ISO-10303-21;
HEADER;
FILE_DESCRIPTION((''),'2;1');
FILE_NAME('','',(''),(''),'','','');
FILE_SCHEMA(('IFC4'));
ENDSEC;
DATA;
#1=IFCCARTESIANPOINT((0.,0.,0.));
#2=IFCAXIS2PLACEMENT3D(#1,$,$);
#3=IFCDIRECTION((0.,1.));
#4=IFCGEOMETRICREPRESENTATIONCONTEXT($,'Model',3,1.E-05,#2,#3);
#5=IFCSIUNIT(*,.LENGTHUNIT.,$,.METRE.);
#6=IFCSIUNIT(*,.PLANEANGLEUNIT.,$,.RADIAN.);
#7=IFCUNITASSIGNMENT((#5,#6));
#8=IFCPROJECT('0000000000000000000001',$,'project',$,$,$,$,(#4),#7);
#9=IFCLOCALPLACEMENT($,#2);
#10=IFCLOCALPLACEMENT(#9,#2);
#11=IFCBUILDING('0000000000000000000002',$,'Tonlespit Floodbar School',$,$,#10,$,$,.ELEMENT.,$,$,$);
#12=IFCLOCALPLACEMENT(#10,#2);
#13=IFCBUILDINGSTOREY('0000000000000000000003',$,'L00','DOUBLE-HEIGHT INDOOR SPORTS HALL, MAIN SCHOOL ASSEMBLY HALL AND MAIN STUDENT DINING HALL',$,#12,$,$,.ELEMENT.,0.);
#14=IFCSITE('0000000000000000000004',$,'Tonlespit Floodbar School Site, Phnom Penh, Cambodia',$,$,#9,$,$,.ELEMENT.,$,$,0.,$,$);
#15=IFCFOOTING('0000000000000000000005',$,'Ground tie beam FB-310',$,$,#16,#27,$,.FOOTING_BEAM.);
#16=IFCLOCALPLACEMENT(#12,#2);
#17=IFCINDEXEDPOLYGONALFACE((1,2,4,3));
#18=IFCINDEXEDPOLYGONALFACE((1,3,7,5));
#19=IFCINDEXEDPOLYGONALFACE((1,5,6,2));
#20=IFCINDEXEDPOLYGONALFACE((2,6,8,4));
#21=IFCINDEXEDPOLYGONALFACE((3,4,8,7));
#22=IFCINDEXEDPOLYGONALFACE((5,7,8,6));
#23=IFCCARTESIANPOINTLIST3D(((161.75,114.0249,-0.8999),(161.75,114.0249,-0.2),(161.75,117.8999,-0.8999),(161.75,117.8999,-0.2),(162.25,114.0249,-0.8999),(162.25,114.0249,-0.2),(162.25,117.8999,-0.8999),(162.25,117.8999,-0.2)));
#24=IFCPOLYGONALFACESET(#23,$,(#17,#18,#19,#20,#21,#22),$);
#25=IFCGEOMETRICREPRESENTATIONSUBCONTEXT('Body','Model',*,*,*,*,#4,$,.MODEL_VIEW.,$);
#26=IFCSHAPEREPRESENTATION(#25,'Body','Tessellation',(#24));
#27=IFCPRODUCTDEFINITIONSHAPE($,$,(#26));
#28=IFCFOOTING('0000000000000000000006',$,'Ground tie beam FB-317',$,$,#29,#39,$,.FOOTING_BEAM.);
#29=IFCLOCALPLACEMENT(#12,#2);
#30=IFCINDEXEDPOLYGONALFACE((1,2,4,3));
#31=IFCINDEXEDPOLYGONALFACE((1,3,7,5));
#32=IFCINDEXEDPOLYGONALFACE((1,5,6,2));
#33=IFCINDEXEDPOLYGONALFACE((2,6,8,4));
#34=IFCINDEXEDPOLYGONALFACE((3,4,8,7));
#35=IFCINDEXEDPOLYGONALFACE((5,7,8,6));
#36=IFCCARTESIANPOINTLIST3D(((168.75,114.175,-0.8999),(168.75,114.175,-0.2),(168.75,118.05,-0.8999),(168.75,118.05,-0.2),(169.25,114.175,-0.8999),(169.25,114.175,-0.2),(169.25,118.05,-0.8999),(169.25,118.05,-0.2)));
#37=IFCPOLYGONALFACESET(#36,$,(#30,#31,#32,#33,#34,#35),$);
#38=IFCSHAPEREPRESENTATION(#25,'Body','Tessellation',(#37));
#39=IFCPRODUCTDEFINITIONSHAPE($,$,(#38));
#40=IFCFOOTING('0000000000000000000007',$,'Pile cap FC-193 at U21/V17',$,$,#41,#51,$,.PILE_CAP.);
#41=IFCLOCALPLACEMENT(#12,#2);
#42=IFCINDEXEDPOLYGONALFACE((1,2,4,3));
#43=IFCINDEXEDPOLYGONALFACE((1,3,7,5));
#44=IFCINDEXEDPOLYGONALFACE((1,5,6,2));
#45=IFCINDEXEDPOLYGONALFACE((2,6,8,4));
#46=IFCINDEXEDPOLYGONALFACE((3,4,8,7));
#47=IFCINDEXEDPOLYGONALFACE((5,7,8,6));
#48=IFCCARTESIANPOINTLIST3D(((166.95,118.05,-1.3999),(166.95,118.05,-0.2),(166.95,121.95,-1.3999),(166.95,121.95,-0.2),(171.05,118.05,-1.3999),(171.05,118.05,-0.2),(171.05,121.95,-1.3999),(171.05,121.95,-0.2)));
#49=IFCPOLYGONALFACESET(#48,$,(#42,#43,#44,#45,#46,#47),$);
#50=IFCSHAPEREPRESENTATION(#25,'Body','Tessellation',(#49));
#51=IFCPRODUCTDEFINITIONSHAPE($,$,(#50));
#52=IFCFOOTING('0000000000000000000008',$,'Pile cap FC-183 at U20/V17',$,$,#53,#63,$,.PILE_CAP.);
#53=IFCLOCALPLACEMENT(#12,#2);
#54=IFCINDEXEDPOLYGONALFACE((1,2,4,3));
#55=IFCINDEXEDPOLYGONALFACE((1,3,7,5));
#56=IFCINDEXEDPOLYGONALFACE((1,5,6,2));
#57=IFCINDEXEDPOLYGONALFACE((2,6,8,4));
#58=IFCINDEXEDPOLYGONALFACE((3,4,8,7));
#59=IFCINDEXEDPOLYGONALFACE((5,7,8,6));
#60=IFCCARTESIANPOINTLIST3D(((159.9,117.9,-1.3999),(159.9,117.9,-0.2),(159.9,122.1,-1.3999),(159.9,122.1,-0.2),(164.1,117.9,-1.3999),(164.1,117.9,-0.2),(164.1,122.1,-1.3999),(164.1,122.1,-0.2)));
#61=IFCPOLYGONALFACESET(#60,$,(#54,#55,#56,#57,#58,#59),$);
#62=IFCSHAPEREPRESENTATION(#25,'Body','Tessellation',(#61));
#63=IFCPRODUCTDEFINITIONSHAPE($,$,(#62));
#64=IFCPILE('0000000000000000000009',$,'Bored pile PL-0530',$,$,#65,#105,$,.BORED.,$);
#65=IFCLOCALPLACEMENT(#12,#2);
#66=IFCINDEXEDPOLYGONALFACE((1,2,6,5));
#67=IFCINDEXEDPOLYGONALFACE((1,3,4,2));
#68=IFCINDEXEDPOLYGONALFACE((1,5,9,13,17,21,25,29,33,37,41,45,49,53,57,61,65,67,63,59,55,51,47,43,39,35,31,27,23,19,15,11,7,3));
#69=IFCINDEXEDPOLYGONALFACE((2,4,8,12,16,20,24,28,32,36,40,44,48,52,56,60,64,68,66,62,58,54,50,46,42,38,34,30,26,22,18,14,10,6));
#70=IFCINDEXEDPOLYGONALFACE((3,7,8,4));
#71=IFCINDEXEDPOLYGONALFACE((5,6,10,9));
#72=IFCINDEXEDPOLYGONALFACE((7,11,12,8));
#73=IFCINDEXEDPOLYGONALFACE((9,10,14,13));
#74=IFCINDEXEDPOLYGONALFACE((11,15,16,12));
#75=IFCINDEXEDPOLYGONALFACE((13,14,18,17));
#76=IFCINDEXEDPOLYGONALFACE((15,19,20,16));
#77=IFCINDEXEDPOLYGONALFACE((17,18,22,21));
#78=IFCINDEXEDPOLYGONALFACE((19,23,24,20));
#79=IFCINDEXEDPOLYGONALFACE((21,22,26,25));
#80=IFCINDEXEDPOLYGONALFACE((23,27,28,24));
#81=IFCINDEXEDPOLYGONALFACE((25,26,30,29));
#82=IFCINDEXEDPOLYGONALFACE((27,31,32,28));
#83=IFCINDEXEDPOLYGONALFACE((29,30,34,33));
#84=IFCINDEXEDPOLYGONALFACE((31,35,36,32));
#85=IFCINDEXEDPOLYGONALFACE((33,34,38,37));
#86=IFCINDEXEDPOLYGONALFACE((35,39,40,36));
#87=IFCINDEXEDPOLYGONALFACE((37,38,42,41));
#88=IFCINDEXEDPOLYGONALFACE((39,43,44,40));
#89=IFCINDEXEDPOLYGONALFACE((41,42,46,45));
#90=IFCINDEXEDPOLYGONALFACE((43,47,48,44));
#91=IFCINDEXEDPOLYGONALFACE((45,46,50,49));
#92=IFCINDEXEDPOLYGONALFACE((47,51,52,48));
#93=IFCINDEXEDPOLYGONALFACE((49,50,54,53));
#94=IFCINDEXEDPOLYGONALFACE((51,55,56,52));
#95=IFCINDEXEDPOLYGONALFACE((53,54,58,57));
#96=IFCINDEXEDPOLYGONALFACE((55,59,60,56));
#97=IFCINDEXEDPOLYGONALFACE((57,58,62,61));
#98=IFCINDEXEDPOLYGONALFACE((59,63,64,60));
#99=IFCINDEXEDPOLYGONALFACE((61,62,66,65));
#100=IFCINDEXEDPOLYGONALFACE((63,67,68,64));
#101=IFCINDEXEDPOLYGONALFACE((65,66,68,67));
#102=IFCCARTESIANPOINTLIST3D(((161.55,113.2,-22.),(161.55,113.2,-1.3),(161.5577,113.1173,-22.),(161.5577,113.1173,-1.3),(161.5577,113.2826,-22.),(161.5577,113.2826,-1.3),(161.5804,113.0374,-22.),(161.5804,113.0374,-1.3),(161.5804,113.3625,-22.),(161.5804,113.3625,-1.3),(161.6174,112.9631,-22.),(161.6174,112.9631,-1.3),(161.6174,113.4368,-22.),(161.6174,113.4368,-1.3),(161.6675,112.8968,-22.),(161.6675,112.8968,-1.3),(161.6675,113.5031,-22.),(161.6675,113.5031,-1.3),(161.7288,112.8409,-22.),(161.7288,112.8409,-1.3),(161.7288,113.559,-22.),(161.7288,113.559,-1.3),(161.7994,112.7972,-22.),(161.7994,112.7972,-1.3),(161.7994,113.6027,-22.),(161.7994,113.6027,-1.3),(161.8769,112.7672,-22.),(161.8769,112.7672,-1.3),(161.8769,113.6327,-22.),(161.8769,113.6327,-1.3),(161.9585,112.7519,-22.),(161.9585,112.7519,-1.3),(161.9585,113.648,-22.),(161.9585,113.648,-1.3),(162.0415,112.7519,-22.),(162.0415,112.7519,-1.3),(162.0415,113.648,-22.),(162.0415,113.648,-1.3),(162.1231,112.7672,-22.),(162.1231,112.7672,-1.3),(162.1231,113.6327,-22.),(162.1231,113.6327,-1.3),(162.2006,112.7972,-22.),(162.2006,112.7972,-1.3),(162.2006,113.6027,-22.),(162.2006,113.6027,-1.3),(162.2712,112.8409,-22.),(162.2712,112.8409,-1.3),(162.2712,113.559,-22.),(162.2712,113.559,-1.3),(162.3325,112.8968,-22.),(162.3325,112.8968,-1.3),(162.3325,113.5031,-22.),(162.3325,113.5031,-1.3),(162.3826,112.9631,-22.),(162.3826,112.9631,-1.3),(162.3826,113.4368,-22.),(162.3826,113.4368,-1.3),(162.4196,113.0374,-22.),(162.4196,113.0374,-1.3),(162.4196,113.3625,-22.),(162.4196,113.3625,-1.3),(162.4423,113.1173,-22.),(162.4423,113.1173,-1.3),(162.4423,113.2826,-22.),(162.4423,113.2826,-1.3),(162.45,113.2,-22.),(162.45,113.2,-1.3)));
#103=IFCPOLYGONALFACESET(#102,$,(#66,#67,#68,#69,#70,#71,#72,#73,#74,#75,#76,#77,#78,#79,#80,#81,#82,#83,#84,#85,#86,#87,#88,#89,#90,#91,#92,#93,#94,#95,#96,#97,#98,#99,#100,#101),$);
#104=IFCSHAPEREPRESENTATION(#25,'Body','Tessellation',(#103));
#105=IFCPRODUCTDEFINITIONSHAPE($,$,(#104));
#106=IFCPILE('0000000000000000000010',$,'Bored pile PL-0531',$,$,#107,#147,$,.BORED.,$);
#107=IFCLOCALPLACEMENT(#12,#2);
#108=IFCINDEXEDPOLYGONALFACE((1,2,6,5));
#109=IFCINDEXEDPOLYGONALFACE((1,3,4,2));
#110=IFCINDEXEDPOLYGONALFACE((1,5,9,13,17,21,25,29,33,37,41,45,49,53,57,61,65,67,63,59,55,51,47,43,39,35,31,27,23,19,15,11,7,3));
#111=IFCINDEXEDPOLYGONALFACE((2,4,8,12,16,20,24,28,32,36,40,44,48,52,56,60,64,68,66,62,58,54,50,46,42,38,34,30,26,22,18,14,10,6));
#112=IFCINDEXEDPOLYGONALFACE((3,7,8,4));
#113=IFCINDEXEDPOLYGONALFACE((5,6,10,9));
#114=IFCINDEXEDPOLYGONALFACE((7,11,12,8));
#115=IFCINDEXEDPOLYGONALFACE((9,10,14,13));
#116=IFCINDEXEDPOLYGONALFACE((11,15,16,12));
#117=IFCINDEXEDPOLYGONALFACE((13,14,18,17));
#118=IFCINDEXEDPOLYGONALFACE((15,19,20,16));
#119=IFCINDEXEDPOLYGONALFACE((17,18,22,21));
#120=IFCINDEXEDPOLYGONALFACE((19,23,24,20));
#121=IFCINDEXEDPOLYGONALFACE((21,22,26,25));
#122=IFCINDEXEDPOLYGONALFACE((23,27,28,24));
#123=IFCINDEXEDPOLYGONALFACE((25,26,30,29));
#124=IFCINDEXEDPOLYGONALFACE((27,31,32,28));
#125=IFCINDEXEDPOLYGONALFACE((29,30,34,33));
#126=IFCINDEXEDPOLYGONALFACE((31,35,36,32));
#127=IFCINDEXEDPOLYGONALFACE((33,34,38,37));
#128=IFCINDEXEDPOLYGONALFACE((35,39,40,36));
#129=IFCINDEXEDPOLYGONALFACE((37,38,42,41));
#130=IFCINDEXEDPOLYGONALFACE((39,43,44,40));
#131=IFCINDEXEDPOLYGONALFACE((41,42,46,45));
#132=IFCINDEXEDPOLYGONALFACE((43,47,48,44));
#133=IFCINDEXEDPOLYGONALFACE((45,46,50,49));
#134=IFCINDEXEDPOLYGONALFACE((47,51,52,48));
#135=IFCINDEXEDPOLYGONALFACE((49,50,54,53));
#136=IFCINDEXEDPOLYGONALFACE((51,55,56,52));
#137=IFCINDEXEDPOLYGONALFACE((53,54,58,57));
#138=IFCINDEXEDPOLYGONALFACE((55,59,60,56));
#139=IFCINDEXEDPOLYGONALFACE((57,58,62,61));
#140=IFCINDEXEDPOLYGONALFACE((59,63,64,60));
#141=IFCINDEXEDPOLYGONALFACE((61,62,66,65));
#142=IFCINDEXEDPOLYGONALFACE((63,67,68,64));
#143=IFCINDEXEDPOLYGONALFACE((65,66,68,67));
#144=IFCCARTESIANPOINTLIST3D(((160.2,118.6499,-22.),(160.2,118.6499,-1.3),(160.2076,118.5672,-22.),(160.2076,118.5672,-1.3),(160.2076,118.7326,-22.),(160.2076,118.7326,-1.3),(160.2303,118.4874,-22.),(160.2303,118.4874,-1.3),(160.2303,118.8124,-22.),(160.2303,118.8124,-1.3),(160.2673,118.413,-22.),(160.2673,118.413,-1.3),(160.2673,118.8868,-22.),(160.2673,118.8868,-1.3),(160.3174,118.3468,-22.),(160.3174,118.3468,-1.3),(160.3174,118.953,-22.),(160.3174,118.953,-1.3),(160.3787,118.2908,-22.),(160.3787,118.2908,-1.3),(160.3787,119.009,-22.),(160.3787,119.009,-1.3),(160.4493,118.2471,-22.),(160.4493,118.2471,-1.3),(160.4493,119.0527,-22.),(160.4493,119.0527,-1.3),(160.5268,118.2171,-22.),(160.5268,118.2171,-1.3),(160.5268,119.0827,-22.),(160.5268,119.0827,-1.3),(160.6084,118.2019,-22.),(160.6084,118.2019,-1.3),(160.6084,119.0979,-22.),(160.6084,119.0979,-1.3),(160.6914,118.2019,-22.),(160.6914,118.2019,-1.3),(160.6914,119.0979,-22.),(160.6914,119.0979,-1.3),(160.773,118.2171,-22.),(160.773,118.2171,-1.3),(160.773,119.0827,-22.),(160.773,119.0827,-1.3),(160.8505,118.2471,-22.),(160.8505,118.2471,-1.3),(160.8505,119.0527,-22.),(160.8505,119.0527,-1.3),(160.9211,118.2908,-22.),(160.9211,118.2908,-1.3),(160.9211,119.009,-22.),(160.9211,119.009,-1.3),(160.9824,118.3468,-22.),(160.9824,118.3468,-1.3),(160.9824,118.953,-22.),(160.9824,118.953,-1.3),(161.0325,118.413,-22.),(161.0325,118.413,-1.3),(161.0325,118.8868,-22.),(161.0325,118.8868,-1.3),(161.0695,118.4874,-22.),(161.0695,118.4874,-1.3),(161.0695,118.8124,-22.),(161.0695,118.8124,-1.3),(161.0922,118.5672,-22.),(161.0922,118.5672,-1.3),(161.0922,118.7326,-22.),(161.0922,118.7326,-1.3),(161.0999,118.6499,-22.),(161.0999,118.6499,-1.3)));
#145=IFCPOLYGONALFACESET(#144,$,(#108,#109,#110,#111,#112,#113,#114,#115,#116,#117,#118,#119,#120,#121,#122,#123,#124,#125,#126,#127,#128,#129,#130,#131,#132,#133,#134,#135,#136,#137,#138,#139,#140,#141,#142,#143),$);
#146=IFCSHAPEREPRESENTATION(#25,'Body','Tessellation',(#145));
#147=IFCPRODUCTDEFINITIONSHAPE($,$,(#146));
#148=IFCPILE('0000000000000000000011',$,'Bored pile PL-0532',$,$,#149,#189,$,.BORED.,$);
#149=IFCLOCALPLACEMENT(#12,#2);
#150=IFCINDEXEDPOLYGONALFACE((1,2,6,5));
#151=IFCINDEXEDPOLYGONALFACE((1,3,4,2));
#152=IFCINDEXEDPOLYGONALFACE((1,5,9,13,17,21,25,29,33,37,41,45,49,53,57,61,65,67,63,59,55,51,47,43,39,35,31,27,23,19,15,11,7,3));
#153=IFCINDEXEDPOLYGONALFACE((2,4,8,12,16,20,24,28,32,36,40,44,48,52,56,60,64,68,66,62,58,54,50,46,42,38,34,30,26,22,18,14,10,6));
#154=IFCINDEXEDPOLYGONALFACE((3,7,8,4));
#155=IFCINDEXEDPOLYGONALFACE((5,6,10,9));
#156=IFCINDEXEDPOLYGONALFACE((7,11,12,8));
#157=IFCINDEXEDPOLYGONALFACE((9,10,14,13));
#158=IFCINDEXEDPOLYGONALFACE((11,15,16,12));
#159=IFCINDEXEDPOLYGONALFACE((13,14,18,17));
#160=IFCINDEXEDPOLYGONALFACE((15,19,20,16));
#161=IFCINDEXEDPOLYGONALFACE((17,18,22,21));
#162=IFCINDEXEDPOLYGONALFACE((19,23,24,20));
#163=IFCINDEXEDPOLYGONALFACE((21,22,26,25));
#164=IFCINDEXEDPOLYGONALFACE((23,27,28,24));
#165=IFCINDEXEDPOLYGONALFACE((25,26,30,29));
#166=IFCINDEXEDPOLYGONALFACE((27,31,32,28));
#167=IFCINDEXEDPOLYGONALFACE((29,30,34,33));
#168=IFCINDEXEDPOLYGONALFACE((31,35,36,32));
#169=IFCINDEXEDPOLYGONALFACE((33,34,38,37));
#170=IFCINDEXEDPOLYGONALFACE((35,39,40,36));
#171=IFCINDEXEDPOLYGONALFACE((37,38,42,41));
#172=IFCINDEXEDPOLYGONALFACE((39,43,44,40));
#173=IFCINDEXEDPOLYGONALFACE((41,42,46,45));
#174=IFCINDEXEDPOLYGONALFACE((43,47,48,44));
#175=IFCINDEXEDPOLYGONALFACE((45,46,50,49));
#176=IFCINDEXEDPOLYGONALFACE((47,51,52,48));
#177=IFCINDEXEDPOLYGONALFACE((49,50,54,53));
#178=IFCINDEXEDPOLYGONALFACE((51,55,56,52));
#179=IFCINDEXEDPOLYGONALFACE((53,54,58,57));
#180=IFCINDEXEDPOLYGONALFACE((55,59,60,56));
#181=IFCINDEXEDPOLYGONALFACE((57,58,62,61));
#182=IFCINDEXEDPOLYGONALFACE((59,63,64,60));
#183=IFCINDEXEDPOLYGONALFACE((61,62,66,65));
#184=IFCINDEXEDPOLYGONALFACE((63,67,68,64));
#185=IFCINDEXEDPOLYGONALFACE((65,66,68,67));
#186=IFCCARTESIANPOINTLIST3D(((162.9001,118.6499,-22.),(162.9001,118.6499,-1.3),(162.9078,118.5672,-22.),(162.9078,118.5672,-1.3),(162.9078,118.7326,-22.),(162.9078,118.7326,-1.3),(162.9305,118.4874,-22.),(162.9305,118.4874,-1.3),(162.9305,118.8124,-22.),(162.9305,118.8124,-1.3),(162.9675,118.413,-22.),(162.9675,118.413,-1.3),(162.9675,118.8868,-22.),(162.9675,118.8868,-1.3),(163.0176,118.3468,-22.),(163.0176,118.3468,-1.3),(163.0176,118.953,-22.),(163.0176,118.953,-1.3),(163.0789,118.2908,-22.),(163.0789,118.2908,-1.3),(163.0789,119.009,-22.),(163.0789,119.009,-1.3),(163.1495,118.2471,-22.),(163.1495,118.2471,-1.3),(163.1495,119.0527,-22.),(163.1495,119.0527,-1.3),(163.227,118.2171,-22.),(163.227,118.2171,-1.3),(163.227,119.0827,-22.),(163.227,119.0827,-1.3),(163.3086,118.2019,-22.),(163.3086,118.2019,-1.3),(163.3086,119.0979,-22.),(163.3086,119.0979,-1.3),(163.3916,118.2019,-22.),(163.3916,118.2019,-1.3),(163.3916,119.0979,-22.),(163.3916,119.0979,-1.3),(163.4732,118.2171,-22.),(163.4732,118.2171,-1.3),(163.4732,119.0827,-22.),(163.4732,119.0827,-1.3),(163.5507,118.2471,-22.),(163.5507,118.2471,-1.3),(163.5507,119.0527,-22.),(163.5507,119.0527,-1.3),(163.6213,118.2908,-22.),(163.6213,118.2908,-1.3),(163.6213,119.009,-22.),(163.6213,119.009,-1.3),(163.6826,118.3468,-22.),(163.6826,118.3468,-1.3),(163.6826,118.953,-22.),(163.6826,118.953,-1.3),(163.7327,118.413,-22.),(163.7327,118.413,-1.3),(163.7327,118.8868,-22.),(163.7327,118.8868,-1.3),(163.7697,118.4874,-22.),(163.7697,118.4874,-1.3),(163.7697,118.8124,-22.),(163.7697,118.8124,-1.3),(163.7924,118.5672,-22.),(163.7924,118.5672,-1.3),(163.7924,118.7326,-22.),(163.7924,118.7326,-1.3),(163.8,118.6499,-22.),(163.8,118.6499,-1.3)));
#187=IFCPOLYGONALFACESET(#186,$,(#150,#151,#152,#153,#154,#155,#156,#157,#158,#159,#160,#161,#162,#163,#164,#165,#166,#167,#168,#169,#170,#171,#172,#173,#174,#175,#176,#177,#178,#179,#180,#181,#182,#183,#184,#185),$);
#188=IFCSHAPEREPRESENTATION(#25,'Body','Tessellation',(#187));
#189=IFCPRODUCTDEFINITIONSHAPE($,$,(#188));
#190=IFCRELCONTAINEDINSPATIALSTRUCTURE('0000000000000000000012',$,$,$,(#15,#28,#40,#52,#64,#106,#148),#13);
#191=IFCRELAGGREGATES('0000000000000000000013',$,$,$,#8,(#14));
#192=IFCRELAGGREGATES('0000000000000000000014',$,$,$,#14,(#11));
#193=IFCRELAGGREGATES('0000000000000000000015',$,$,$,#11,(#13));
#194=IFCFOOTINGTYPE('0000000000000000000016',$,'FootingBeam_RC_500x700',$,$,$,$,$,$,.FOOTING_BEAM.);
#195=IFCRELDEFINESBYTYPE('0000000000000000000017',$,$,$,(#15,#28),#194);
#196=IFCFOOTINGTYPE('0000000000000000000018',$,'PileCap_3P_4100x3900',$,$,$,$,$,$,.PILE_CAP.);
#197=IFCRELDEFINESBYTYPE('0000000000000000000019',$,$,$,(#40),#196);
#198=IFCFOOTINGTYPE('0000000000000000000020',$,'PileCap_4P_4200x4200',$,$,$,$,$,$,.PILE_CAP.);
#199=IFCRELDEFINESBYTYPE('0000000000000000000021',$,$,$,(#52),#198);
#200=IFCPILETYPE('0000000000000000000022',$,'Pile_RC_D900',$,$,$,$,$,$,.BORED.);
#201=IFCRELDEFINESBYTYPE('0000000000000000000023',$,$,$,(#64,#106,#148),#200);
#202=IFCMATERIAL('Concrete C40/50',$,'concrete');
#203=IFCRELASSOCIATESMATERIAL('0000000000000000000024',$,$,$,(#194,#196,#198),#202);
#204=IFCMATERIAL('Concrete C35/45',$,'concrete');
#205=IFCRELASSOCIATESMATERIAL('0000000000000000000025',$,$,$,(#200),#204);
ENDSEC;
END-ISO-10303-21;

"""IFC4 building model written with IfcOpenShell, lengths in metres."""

from ifc_helpers import new_model, si_unit, direction, frame, origin, origin_2d, place, context, subcontext, project, spatial, rectangle, circle, extrude, material, material_profile, profile_set, type_object, element, save


model = new_model("IFC4")

# Units and contexts
model_context = context("Model", 3, precision=1e-05, world=origin(), true_north=direction((0.0, 1.0)))
body_context = subcontext(model_context, "Body", "Model", "MODEL_VIEW")
ifc_project = project(units=[si_unit("LENGTHUNIT", "METRE"), si_unit("PLANEANGLEUNIT", "RADIAN")], contexts=[model_context])

# Site, building, storey
site_placement = place(None, origin())
site = spatial("IfcSite", under=ifc_project, at=site_placement, Name="Tonlespit Floodbar School Site, Phnom Penh, Cambodia", CompositionType="ELEMENT", RefElevation=0.0)
building_placement = place(site_placement, origin())
building = spatial("IfcBuilding", under=site, at=building_placement, Name="Tonlespit Floodbar School", CompositionType="ELEMENT")
storey_placement = place(building_placement, origin())
storey = spatial("IfcBuildingStorey", under=building, at=storey_placement, Name="L00", Description="DOUBLE-HEIGHT INDOOR SPORTS HALL, MAIN SCHOOL ASSEMBLY HALL AND MAIN STUDENT DINING HALL", CompositionType="ELEMENT", Elevation=0.0)

# Footings
ifc_material_1 = material(Name="Concrete C40/50", Category="concrete")
footing_type_1 = type_object("IfcFootingType", Name="FootingBeam_RC_500x700", PredefinedType="FOOTING_BEAM", material=ifc_material_1)
for number, where, z_axis, x_axis, name in (
    (1, (162.0, 115.9624, -0.8999), (0.0, 0.0, 1.0), (0.0, 1.0, 0.0), "Ground tie beam FB-310"),
    (2, (169.0, 116.1125, -0.8999), (0.0, 0.0, 1.0), (0.0, 1.0, 0.0), "Ground tie beam FB-317"),
):
    element("IfcFooting", number, at=place(storey_placement, frame(where, z_axis=z_axis, x_axis=x_axis)), inside=storey, type_object=footing_type_1, Name=name, PredefinedType="FOOTING_BEAM", context=body_context, shape_type="SweptSolid", body=[
        extrude(rectangle(XDim=3.875, YDim=0.5, at=origin_2d()), origin(), (0.0, 0.0, 1.0), 0.7),
    ])
footing_type_2 = type_object("IfcFootingType", Name="PileCap_3P_4100x3900", PredefinedType="PILE_CAP", material=ifc_material_1)
footing_1_placement = place(storey_placement, frame((169.0, 120.0, -1.3999), z_axis=(0.0, 0.0, 1.0), x_axis=(1.0, 0.0, 0.0)))
element("IfcFooting", 3, at=footing_1_placement, inside=storey, type_object=footing_type_2, Name="Pile cap FC-193 at U21/V17", PredefinedType="PILE_CAP", context=body_context, shape_type="SweptSolid", body=[
    extrude(rectangle(XDim=4.1001, YDim=3.8999, at=origin_2d()), origin(), (0.0, 0.0, 1.0), 1.2),
])
footing_type_3 = type_object("IfcFootingType", Name="PileCap_4P_4200x4200", PredefinedType="PILE_CAP", material=ifc_material_1)
footing_2_placement = place(storey_placement, frame((162.0, 120.0, -1.3999), z_axis=(0.0, 0.0, 1.0), x_axis=(1.0, 0.0, 0.0)))
element("IfcFooting", 4, at=footing_2_placement, inside=storey, type_object=footing_type_3, Name="Pile cap FC-183 at U20/V17", PredefinedType="PILE_CAP", context=body_context, shape_type="SweptSolid", body=[
    extrude(rectangle(XDim=4.2, YDim=4.2, at=origin_2d()), origin(), (0.0, 0.0, 1.0), 1.2),
])

# Piles
ifc_material_2 = material(Name="Concrete C35/45", Category="concrete")
ifc_material_profile_1 = material_profile(ifc_material_2, circle(Radius=0.45, at=origin_2d()), Name="BP D900")
ifc_profile_set_1 = profile_set([ifc_material_profile_1], Name="Concrete C35/45")
pile_type = type_object("IfcPileType", Name="Pile_RC_D900", PredefinedType="BORED", material=ifc_profile_set_1)
for number, where, z_axis, x_axis, name in (
    (5, (162.0, 113.2, -1.3), (0.0, 0.0, -1.0), (1.0, 0.0, 0.0), "Bored pile PL-0530"),
    (6, (160.6499, 118.6499, -1.3), (0.0, 0.0, -1.0), (1.0, 0.0, 0.0), "Bored pile PL-0531"),
    (7, (163.3501, 118.6499, -1.3), (0.0, 0.0, -1.0), (1.0, 0.0, 0.0), "Bored pile PL-0532"),
):
    element("IfcPile", number, at=place(storey_placement, frame(where, z_axis=z_axis, x_axis=x_axis)), inside=storey, type_object=pile_type, Name=name, PredefinedType="BORED", context=body_context, shape_type="SweptSolid", body=[
        extrude(circle(Radius=0.45, at=origin_2d()), origin(), (0.0, 0.0, 1.0), 20.7),
    ])

save(model, "model.ifc")
